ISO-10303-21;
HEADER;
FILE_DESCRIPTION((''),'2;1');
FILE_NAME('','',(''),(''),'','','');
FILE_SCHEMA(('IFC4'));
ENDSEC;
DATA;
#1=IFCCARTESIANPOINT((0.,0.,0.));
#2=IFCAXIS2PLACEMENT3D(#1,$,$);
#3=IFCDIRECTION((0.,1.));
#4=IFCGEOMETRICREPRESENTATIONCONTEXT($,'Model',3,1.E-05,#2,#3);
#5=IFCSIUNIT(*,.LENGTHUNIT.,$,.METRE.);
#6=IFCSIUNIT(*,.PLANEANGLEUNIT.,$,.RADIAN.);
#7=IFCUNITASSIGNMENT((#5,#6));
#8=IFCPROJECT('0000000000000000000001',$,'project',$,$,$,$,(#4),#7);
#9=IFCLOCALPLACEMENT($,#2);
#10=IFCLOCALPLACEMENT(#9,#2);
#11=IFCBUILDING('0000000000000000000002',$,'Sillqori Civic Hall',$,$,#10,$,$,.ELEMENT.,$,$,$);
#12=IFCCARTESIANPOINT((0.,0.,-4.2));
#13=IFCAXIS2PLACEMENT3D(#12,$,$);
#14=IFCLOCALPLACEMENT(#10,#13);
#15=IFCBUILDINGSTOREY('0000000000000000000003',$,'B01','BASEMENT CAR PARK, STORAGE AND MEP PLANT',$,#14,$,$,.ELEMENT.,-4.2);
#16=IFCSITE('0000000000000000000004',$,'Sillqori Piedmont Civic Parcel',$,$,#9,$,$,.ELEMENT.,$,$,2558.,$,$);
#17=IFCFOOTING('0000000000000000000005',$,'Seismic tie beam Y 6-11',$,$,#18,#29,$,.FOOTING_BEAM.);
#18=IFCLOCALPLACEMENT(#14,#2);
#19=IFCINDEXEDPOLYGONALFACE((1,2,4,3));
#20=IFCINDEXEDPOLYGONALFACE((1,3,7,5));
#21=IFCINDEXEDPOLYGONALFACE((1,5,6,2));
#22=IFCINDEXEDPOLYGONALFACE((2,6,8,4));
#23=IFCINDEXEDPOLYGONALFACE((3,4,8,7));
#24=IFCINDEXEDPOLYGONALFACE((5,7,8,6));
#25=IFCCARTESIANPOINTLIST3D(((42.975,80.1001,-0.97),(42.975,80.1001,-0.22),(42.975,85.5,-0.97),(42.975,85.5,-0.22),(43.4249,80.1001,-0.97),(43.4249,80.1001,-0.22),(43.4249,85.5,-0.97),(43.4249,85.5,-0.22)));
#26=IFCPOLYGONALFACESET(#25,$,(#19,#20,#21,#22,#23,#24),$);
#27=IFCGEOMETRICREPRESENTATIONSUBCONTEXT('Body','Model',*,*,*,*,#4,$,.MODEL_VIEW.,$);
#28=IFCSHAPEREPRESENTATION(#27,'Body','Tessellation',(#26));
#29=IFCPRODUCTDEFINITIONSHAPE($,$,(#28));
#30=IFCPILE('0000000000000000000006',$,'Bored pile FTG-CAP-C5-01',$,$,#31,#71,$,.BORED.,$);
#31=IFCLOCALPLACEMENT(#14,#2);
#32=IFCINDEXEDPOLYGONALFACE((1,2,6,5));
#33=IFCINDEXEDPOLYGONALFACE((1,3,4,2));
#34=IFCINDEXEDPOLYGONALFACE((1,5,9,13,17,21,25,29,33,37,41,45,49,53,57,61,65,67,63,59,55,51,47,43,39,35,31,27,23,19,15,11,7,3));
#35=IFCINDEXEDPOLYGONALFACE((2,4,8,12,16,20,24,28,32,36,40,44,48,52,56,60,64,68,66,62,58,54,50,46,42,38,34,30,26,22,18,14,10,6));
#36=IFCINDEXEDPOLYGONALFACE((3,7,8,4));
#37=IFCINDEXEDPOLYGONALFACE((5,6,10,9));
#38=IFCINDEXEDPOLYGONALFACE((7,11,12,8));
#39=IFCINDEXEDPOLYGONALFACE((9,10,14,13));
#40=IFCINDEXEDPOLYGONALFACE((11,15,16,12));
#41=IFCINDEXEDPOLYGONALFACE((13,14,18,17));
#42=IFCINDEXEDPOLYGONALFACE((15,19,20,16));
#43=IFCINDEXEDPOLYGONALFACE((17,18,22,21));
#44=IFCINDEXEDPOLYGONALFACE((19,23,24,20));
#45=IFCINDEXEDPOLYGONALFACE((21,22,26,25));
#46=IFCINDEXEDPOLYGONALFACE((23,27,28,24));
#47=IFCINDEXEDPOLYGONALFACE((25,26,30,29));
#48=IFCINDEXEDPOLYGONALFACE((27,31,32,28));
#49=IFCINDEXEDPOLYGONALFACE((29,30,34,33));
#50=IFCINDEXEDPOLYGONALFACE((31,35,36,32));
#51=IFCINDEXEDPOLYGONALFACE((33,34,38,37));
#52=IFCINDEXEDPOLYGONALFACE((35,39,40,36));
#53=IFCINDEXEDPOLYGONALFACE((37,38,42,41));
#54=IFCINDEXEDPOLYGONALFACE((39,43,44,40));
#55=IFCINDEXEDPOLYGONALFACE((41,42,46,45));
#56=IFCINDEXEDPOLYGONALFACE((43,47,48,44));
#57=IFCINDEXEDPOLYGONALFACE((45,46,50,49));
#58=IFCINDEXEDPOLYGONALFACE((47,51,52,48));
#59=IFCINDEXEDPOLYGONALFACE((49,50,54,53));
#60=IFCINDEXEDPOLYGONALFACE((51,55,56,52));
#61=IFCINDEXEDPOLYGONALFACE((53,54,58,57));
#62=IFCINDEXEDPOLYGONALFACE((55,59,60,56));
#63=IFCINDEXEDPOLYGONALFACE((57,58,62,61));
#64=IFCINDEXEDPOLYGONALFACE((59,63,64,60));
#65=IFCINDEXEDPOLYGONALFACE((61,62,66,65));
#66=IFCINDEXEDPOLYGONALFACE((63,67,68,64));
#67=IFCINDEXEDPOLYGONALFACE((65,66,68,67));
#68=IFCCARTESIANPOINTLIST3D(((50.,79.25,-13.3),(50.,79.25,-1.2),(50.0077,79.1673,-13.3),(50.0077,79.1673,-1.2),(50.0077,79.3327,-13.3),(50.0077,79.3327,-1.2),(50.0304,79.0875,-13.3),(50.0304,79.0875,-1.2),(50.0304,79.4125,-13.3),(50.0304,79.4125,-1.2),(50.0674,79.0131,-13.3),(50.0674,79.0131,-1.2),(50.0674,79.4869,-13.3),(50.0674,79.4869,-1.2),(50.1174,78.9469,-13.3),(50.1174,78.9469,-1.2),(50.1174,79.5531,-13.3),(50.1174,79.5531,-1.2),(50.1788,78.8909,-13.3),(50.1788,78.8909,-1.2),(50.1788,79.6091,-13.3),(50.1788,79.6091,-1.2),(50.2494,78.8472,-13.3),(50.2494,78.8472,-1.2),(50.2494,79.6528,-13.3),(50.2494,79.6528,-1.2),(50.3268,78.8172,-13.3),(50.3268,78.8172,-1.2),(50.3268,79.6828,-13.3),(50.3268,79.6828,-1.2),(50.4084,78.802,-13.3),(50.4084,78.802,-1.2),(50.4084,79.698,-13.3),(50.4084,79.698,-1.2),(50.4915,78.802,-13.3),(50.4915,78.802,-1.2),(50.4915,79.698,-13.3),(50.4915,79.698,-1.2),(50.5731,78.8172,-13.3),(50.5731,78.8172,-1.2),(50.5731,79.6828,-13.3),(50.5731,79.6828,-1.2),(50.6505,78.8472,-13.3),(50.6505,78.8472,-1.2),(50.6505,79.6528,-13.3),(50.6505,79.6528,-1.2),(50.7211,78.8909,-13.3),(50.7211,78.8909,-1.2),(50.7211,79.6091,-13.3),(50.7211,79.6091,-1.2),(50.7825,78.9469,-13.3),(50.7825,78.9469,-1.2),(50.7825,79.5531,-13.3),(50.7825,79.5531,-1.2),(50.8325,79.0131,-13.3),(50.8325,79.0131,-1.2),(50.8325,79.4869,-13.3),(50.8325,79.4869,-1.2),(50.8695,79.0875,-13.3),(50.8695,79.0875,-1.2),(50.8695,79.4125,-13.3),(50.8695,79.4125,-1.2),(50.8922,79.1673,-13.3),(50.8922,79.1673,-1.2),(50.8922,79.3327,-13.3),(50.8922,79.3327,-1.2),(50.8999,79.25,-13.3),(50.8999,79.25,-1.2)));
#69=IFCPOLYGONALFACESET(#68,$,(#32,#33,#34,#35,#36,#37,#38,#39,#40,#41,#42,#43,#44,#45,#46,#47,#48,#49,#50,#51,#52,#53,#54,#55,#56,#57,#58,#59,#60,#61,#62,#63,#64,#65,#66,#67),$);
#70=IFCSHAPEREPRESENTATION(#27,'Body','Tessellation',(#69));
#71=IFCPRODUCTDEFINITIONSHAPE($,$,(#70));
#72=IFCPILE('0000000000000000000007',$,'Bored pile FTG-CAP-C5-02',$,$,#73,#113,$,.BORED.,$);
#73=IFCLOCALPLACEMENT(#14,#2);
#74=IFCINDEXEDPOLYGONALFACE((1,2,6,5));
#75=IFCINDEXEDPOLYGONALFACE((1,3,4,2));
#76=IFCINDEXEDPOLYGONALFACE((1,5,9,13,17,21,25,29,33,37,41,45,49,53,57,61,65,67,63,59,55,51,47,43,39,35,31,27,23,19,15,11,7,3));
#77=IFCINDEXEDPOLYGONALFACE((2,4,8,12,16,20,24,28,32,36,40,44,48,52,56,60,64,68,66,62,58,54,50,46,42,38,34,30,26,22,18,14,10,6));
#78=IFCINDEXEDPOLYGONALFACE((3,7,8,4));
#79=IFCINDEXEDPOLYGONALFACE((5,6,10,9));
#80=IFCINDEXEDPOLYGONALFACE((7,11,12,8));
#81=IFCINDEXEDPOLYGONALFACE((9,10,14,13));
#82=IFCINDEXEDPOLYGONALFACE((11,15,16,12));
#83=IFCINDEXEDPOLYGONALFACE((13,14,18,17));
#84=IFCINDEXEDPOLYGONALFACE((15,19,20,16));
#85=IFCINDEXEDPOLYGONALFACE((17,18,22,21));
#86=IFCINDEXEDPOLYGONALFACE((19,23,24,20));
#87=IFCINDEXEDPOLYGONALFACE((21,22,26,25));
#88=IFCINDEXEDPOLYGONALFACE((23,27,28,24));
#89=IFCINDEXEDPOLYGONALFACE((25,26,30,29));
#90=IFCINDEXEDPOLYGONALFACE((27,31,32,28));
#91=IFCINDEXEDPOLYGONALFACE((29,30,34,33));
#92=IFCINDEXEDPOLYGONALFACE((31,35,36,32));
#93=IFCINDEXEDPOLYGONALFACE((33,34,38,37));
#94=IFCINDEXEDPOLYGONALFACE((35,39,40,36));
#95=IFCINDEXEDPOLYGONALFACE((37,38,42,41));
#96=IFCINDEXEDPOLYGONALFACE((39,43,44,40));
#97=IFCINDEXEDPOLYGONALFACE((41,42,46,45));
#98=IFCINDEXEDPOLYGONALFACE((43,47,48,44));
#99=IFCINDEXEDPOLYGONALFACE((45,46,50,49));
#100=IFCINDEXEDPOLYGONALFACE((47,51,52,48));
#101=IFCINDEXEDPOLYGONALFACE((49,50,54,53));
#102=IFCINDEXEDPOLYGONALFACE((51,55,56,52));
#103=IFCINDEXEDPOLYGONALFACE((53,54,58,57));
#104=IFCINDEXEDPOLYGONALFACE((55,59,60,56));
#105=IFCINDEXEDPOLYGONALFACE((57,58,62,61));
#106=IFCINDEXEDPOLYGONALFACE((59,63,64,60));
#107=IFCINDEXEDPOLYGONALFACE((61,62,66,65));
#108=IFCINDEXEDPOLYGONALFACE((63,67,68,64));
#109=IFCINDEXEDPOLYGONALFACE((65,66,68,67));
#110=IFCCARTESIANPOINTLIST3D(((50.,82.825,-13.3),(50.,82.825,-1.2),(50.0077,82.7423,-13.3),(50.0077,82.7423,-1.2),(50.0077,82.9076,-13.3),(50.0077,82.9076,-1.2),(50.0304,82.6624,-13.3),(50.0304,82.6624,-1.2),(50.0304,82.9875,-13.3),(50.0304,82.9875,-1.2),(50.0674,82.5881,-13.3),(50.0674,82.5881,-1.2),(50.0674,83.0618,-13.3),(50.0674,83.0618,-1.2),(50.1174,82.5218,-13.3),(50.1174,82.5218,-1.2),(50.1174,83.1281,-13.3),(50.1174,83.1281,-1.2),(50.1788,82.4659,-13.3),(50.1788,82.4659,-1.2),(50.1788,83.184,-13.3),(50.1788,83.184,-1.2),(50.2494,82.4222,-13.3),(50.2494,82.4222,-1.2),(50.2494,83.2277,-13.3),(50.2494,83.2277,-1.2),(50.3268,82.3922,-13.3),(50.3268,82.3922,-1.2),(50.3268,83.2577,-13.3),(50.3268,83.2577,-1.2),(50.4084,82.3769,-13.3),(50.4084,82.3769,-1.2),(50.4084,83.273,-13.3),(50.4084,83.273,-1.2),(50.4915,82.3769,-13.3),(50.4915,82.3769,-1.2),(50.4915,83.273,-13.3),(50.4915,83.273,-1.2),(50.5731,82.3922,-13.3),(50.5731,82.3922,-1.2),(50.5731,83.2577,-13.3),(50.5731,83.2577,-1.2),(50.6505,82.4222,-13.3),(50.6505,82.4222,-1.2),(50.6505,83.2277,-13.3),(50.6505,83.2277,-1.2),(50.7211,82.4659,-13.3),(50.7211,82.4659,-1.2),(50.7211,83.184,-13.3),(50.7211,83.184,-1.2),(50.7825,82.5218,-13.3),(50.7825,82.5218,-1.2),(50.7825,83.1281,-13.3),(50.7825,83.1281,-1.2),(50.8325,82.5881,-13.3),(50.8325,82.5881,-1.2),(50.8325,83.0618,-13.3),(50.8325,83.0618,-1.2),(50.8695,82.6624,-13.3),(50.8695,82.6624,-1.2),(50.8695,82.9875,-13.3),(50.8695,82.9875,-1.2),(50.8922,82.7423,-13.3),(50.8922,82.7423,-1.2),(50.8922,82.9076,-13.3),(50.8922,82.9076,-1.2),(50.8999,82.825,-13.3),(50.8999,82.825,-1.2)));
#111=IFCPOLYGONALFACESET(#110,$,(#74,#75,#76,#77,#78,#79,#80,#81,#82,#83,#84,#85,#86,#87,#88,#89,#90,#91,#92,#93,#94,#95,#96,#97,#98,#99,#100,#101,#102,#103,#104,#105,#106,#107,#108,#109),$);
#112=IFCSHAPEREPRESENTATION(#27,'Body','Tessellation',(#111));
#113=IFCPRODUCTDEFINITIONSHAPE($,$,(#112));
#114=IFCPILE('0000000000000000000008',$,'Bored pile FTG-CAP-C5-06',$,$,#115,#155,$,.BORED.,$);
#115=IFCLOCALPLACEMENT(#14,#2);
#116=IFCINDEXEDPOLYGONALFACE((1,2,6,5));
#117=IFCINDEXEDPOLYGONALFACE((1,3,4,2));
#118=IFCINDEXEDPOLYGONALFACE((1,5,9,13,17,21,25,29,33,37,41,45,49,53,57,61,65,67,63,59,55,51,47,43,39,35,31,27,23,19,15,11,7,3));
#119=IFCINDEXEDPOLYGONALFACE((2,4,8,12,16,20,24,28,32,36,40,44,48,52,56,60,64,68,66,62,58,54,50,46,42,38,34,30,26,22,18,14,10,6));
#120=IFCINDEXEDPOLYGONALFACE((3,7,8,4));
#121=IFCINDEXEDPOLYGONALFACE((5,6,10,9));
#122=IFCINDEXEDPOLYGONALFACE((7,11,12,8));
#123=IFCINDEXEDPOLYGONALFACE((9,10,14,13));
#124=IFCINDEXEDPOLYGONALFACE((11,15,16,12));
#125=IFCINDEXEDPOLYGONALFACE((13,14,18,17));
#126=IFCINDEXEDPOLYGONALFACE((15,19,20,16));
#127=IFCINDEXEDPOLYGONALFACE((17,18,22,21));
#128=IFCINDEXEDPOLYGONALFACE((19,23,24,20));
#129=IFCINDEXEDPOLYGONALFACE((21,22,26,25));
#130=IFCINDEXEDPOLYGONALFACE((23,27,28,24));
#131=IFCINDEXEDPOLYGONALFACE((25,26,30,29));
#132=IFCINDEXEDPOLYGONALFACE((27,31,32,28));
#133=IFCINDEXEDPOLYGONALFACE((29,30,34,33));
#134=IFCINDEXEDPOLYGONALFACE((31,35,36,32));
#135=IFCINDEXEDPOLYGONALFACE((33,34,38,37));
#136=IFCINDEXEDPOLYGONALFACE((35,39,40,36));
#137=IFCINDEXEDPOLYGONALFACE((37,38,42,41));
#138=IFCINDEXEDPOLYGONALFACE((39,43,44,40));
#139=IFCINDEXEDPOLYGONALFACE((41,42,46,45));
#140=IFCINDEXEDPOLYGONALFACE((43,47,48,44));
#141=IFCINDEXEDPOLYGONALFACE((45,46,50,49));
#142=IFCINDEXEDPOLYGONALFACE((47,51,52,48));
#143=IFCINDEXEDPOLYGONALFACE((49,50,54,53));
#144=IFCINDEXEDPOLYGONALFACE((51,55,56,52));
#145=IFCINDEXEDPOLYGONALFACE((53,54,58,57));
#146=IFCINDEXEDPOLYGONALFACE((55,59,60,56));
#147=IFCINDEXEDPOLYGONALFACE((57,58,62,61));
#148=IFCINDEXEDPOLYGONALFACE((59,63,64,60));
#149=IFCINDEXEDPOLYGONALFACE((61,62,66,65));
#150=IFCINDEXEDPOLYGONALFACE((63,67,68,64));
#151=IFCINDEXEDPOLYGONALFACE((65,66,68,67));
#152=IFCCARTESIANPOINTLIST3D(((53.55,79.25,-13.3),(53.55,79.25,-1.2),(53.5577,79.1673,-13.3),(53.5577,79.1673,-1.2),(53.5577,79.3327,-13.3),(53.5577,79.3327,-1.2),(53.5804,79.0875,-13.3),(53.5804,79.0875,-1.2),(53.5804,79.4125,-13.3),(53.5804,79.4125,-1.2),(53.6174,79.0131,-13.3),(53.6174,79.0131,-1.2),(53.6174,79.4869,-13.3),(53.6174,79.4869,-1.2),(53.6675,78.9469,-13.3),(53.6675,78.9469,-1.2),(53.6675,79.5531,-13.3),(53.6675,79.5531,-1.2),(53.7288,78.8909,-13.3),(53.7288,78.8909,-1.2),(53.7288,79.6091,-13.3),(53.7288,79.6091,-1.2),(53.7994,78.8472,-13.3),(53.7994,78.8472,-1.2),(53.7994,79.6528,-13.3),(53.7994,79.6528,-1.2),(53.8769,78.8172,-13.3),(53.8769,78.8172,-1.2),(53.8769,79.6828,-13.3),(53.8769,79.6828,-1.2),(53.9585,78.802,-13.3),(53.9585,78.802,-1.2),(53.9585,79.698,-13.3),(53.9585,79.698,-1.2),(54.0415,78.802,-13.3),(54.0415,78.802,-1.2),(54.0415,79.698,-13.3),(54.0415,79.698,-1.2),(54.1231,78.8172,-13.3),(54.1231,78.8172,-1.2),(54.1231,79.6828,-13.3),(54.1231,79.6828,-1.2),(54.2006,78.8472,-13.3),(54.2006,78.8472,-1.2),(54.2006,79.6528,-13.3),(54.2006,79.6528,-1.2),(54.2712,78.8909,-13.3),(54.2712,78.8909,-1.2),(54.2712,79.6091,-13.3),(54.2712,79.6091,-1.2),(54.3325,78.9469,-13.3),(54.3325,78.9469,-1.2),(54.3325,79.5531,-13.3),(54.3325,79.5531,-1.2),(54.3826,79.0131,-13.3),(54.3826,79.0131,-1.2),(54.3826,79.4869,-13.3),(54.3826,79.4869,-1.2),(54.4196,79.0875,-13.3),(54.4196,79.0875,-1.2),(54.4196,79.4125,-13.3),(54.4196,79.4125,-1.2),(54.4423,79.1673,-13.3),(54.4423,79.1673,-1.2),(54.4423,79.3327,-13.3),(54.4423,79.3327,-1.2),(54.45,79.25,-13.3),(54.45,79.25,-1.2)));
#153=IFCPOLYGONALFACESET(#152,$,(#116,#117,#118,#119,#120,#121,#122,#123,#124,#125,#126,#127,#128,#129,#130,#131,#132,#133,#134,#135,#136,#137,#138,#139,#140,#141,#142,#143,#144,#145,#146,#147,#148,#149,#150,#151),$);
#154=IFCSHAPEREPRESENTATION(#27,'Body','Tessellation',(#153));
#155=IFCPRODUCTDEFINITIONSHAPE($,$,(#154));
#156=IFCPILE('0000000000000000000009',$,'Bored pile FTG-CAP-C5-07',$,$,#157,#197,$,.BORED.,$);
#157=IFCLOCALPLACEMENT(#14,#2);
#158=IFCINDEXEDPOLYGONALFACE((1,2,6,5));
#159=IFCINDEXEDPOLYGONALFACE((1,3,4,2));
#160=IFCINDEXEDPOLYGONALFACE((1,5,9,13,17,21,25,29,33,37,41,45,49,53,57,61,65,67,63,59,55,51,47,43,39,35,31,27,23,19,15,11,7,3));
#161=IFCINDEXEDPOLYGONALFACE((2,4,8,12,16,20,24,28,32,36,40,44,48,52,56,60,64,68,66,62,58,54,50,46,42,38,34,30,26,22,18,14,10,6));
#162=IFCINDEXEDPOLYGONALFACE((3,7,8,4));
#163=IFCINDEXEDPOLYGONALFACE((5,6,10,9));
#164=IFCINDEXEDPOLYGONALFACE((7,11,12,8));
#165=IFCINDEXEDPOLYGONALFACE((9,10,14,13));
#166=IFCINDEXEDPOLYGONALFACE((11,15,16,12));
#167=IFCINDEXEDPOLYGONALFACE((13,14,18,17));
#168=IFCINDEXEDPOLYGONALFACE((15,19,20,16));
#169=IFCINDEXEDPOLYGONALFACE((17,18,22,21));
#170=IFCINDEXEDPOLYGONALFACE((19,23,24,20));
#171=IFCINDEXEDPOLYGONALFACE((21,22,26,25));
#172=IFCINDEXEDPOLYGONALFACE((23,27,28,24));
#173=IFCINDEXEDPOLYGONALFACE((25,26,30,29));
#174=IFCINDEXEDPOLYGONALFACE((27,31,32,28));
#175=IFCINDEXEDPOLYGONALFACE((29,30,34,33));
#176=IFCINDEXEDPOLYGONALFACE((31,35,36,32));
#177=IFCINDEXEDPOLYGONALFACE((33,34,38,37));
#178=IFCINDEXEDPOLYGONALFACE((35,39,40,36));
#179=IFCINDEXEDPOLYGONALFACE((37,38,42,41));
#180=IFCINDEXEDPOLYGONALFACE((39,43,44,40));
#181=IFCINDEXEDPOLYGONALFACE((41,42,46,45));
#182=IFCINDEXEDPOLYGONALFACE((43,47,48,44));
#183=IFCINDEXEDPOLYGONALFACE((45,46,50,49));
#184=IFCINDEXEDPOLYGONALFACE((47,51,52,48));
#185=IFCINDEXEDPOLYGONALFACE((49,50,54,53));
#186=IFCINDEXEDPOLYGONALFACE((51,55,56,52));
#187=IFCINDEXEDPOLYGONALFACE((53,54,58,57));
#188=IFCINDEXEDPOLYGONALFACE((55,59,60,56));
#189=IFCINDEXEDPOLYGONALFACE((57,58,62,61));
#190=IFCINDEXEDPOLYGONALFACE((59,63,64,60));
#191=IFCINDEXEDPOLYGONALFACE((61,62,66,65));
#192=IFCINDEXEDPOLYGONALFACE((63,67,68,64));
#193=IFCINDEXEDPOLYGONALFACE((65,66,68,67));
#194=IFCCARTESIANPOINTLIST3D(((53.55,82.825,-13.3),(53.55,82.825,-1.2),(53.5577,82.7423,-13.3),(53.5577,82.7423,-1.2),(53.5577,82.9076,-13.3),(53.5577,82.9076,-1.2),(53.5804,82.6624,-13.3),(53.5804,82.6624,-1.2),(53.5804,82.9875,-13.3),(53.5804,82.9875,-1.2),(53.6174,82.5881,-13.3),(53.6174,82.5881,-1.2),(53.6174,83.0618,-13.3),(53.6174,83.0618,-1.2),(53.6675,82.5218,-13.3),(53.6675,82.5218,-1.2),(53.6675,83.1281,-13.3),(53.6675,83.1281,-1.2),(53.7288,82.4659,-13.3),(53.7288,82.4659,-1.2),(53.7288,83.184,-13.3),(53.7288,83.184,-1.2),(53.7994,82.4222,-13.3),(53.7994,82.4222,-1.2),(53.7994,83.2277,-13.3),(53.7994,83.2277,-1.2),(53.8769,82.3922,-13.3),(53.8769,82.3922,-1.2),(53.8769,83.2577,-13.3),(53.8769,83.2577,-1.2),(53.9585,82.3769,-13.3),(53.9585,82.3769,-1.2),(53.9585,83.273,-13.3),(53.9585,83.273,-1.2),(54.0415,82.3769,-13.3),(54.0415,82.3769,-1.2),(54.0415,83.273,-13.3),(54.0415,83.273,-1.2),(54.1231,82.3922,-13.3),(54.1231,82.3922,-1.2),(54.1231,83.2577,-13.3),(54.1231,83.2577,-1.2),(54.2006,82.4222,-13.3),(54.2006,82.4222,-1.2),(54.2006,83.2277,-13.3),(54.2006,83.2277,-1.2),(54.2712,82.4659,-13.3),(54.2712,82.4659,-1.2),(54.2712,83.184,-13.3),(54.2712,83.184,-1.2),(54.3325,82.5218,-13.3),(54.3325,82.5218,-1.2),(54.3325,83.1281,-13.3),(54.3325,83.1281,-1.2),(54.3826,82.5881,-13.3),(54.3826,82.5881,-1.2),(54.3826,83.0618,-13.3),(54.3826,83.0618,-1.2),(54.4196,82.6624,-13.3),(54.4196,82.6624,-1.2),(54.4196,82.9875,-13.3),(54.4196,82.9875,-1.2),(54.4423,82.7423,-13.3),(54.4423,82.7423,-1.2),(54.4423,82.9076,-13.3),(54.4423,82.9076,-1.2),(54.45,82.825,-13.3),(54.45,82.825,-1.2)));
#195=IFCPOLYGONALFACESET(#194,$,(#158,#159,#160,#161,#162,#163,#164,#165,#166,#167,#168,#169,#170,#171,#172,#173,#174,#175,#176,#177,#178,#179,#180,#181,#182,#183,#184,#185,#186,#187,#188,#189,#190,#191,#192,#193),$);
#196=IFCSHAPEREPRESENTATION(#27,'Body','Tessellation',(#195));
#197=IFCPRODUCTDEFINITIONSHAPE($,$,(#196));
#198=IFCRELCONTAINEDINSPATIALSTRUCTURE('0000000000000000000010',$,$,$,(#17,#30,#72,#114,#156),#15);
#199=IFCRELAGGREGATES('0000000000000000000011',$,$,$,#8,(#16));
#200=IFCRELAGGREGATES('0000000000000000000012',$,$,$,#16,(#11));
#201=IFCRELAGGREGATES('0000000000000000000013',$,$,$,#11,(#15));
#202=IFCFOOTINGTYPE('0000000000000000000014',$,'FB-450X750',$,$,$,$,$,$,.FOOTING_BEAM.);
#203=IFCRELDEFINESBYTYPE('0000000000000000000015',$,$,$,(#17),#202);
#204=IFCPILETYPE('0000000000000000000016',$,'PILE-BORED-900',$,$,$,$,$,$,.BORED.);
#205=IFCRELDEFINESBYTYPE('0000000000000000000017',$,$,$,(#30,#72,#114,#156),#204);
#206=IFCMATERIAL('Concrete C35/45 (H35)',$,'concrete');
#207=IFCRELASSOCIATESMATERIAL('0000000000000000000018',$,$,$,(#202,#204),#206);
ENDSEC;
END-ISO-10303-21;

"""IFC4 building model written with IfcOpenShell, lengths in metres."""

from ifc_helpers import new_model, si_unit, direction, frame, origin, origin_2d, place, context, subcontext, project, spatial, rectangle, circle, extrude, material, material_profile, profile_set, type_object, element, save


model = new_model("IFC4")

# Units and contexts
model_context = context("Model", 3, precision=1e-05, world=origin(), true_north=direction((0.0, 1.0)))
body_context = subcontext(model_context, "Body", "Model", "MODEL_VIEW")
ifc_project = project(units=[si_unit("LENGTHUNIT", "METRE"), si_unit("PLANEANGLEUNIT", "RADIAN")], contexts=[model_context])

# Site, building, storey
site_placement = place(None, origin())
site = spatial("IfcSite", under=ifc_project, at=site_placement, Name="Sillqori Piedmont Civic Parcel", CompositionType="ELEMENT", RefElevation=2558.0)
building_placement = place(site_placement, origin())
building = spatial("IfcBuilding", under=site, at=building_placement, Name="Sillqori Civic Hall", CompositionType="ELEMENT")
storey_placement = place(building_placement, frame((0.0, 0.0, -4.2)))
storey = spatial("IfcBuildingStorey", under=building, at=storey_placement, Name="B01", Description="BASEMENT CAR PARK, STORAGE AND MEP PLANT", CompositionType="ELEMENT", Elevation=-4.2)

# Footing
ifc_material_1 = material(Name="Concrete C35/45 (H35)", Category="concrete")
footing_type = type_object("IfcFootingType", Name="FB-450X750", PredefinedType="FOOTING_BEAM", material=ifc_material_1)
footing_placement = place(storey_placement, frame((43.2, 82.8, -0.97), z_axis=(0.0, 0.0, 1.0), x_axis=(1.0, 0.0, 0.0)))
element("IfcFooting", 1, at=footing_placement, inside=storey, type_object=footing_type, Name="Seismic tie beam Y 6-11", PredefinedType="FOOTING_BEAM", context=body_context, shape_type="SweptSolid", body=[
    extrude(rectangle(XDim=0.45, YDim=5.3999, at=origin_2d()), origin(), (0.0, 0.0, 1.0), 0.75),
])

# Piles
ifc_material_profile_1 = material_profile(ifc_material_1, circle(Radius=0.45, at=origin_2d()), Name="BORED PILE 900")
ifc_profile_set_1 = profile_set([ifc_material_profile_1], Name="Concrete C35/45 (H35)")
pile_type = type_object("IfcPileType", Name="PILE-BORED-900", PredefinedType="BORED", material=ifc_profile_set_1)
for number, where, z_axis, x_axis, name in (
    (2, (50.45, 79.25, -1.2), (0.0, 0.0, -1.0), (1.0, 0.0, 0.0), "Bored pile FTG-CAP-C5-01"),
    (3, (50.45, 82.825, -1.2), (0.0, 0.0, -1.0), (1.0, 0.0, 0.0), "Bored pile FTG-CAP-C5-02"),
    (4, (54.0, 79.25, -1.2), (0.0, 0.0, -1.0), (1.0, 0.0, 0.0), "Bored pile FTG-CAP-C5-06"),
    (5, (54.0, 82.825, -1.2), (0.0, 0.0, -1.0), (1.0, 0.0, 0.0), "Bored pile FTG-CAP-C5-07"),
):
    element("IfcPile", number, at=place(storey_placement, frame(where, z_axis=z_axis, x_axis=x_axis)), inside=storey, type_object=pile_type, Name=name, PredefinedType="BORED", context=body_context, shape_type="SweptSolid", body=[
        extrude(circle(Radius=0.45, at=origin_2d()), origin(), (0.0, 0.0, 1.0), 12.1001),
    ])

save(model, "model.ifc")
